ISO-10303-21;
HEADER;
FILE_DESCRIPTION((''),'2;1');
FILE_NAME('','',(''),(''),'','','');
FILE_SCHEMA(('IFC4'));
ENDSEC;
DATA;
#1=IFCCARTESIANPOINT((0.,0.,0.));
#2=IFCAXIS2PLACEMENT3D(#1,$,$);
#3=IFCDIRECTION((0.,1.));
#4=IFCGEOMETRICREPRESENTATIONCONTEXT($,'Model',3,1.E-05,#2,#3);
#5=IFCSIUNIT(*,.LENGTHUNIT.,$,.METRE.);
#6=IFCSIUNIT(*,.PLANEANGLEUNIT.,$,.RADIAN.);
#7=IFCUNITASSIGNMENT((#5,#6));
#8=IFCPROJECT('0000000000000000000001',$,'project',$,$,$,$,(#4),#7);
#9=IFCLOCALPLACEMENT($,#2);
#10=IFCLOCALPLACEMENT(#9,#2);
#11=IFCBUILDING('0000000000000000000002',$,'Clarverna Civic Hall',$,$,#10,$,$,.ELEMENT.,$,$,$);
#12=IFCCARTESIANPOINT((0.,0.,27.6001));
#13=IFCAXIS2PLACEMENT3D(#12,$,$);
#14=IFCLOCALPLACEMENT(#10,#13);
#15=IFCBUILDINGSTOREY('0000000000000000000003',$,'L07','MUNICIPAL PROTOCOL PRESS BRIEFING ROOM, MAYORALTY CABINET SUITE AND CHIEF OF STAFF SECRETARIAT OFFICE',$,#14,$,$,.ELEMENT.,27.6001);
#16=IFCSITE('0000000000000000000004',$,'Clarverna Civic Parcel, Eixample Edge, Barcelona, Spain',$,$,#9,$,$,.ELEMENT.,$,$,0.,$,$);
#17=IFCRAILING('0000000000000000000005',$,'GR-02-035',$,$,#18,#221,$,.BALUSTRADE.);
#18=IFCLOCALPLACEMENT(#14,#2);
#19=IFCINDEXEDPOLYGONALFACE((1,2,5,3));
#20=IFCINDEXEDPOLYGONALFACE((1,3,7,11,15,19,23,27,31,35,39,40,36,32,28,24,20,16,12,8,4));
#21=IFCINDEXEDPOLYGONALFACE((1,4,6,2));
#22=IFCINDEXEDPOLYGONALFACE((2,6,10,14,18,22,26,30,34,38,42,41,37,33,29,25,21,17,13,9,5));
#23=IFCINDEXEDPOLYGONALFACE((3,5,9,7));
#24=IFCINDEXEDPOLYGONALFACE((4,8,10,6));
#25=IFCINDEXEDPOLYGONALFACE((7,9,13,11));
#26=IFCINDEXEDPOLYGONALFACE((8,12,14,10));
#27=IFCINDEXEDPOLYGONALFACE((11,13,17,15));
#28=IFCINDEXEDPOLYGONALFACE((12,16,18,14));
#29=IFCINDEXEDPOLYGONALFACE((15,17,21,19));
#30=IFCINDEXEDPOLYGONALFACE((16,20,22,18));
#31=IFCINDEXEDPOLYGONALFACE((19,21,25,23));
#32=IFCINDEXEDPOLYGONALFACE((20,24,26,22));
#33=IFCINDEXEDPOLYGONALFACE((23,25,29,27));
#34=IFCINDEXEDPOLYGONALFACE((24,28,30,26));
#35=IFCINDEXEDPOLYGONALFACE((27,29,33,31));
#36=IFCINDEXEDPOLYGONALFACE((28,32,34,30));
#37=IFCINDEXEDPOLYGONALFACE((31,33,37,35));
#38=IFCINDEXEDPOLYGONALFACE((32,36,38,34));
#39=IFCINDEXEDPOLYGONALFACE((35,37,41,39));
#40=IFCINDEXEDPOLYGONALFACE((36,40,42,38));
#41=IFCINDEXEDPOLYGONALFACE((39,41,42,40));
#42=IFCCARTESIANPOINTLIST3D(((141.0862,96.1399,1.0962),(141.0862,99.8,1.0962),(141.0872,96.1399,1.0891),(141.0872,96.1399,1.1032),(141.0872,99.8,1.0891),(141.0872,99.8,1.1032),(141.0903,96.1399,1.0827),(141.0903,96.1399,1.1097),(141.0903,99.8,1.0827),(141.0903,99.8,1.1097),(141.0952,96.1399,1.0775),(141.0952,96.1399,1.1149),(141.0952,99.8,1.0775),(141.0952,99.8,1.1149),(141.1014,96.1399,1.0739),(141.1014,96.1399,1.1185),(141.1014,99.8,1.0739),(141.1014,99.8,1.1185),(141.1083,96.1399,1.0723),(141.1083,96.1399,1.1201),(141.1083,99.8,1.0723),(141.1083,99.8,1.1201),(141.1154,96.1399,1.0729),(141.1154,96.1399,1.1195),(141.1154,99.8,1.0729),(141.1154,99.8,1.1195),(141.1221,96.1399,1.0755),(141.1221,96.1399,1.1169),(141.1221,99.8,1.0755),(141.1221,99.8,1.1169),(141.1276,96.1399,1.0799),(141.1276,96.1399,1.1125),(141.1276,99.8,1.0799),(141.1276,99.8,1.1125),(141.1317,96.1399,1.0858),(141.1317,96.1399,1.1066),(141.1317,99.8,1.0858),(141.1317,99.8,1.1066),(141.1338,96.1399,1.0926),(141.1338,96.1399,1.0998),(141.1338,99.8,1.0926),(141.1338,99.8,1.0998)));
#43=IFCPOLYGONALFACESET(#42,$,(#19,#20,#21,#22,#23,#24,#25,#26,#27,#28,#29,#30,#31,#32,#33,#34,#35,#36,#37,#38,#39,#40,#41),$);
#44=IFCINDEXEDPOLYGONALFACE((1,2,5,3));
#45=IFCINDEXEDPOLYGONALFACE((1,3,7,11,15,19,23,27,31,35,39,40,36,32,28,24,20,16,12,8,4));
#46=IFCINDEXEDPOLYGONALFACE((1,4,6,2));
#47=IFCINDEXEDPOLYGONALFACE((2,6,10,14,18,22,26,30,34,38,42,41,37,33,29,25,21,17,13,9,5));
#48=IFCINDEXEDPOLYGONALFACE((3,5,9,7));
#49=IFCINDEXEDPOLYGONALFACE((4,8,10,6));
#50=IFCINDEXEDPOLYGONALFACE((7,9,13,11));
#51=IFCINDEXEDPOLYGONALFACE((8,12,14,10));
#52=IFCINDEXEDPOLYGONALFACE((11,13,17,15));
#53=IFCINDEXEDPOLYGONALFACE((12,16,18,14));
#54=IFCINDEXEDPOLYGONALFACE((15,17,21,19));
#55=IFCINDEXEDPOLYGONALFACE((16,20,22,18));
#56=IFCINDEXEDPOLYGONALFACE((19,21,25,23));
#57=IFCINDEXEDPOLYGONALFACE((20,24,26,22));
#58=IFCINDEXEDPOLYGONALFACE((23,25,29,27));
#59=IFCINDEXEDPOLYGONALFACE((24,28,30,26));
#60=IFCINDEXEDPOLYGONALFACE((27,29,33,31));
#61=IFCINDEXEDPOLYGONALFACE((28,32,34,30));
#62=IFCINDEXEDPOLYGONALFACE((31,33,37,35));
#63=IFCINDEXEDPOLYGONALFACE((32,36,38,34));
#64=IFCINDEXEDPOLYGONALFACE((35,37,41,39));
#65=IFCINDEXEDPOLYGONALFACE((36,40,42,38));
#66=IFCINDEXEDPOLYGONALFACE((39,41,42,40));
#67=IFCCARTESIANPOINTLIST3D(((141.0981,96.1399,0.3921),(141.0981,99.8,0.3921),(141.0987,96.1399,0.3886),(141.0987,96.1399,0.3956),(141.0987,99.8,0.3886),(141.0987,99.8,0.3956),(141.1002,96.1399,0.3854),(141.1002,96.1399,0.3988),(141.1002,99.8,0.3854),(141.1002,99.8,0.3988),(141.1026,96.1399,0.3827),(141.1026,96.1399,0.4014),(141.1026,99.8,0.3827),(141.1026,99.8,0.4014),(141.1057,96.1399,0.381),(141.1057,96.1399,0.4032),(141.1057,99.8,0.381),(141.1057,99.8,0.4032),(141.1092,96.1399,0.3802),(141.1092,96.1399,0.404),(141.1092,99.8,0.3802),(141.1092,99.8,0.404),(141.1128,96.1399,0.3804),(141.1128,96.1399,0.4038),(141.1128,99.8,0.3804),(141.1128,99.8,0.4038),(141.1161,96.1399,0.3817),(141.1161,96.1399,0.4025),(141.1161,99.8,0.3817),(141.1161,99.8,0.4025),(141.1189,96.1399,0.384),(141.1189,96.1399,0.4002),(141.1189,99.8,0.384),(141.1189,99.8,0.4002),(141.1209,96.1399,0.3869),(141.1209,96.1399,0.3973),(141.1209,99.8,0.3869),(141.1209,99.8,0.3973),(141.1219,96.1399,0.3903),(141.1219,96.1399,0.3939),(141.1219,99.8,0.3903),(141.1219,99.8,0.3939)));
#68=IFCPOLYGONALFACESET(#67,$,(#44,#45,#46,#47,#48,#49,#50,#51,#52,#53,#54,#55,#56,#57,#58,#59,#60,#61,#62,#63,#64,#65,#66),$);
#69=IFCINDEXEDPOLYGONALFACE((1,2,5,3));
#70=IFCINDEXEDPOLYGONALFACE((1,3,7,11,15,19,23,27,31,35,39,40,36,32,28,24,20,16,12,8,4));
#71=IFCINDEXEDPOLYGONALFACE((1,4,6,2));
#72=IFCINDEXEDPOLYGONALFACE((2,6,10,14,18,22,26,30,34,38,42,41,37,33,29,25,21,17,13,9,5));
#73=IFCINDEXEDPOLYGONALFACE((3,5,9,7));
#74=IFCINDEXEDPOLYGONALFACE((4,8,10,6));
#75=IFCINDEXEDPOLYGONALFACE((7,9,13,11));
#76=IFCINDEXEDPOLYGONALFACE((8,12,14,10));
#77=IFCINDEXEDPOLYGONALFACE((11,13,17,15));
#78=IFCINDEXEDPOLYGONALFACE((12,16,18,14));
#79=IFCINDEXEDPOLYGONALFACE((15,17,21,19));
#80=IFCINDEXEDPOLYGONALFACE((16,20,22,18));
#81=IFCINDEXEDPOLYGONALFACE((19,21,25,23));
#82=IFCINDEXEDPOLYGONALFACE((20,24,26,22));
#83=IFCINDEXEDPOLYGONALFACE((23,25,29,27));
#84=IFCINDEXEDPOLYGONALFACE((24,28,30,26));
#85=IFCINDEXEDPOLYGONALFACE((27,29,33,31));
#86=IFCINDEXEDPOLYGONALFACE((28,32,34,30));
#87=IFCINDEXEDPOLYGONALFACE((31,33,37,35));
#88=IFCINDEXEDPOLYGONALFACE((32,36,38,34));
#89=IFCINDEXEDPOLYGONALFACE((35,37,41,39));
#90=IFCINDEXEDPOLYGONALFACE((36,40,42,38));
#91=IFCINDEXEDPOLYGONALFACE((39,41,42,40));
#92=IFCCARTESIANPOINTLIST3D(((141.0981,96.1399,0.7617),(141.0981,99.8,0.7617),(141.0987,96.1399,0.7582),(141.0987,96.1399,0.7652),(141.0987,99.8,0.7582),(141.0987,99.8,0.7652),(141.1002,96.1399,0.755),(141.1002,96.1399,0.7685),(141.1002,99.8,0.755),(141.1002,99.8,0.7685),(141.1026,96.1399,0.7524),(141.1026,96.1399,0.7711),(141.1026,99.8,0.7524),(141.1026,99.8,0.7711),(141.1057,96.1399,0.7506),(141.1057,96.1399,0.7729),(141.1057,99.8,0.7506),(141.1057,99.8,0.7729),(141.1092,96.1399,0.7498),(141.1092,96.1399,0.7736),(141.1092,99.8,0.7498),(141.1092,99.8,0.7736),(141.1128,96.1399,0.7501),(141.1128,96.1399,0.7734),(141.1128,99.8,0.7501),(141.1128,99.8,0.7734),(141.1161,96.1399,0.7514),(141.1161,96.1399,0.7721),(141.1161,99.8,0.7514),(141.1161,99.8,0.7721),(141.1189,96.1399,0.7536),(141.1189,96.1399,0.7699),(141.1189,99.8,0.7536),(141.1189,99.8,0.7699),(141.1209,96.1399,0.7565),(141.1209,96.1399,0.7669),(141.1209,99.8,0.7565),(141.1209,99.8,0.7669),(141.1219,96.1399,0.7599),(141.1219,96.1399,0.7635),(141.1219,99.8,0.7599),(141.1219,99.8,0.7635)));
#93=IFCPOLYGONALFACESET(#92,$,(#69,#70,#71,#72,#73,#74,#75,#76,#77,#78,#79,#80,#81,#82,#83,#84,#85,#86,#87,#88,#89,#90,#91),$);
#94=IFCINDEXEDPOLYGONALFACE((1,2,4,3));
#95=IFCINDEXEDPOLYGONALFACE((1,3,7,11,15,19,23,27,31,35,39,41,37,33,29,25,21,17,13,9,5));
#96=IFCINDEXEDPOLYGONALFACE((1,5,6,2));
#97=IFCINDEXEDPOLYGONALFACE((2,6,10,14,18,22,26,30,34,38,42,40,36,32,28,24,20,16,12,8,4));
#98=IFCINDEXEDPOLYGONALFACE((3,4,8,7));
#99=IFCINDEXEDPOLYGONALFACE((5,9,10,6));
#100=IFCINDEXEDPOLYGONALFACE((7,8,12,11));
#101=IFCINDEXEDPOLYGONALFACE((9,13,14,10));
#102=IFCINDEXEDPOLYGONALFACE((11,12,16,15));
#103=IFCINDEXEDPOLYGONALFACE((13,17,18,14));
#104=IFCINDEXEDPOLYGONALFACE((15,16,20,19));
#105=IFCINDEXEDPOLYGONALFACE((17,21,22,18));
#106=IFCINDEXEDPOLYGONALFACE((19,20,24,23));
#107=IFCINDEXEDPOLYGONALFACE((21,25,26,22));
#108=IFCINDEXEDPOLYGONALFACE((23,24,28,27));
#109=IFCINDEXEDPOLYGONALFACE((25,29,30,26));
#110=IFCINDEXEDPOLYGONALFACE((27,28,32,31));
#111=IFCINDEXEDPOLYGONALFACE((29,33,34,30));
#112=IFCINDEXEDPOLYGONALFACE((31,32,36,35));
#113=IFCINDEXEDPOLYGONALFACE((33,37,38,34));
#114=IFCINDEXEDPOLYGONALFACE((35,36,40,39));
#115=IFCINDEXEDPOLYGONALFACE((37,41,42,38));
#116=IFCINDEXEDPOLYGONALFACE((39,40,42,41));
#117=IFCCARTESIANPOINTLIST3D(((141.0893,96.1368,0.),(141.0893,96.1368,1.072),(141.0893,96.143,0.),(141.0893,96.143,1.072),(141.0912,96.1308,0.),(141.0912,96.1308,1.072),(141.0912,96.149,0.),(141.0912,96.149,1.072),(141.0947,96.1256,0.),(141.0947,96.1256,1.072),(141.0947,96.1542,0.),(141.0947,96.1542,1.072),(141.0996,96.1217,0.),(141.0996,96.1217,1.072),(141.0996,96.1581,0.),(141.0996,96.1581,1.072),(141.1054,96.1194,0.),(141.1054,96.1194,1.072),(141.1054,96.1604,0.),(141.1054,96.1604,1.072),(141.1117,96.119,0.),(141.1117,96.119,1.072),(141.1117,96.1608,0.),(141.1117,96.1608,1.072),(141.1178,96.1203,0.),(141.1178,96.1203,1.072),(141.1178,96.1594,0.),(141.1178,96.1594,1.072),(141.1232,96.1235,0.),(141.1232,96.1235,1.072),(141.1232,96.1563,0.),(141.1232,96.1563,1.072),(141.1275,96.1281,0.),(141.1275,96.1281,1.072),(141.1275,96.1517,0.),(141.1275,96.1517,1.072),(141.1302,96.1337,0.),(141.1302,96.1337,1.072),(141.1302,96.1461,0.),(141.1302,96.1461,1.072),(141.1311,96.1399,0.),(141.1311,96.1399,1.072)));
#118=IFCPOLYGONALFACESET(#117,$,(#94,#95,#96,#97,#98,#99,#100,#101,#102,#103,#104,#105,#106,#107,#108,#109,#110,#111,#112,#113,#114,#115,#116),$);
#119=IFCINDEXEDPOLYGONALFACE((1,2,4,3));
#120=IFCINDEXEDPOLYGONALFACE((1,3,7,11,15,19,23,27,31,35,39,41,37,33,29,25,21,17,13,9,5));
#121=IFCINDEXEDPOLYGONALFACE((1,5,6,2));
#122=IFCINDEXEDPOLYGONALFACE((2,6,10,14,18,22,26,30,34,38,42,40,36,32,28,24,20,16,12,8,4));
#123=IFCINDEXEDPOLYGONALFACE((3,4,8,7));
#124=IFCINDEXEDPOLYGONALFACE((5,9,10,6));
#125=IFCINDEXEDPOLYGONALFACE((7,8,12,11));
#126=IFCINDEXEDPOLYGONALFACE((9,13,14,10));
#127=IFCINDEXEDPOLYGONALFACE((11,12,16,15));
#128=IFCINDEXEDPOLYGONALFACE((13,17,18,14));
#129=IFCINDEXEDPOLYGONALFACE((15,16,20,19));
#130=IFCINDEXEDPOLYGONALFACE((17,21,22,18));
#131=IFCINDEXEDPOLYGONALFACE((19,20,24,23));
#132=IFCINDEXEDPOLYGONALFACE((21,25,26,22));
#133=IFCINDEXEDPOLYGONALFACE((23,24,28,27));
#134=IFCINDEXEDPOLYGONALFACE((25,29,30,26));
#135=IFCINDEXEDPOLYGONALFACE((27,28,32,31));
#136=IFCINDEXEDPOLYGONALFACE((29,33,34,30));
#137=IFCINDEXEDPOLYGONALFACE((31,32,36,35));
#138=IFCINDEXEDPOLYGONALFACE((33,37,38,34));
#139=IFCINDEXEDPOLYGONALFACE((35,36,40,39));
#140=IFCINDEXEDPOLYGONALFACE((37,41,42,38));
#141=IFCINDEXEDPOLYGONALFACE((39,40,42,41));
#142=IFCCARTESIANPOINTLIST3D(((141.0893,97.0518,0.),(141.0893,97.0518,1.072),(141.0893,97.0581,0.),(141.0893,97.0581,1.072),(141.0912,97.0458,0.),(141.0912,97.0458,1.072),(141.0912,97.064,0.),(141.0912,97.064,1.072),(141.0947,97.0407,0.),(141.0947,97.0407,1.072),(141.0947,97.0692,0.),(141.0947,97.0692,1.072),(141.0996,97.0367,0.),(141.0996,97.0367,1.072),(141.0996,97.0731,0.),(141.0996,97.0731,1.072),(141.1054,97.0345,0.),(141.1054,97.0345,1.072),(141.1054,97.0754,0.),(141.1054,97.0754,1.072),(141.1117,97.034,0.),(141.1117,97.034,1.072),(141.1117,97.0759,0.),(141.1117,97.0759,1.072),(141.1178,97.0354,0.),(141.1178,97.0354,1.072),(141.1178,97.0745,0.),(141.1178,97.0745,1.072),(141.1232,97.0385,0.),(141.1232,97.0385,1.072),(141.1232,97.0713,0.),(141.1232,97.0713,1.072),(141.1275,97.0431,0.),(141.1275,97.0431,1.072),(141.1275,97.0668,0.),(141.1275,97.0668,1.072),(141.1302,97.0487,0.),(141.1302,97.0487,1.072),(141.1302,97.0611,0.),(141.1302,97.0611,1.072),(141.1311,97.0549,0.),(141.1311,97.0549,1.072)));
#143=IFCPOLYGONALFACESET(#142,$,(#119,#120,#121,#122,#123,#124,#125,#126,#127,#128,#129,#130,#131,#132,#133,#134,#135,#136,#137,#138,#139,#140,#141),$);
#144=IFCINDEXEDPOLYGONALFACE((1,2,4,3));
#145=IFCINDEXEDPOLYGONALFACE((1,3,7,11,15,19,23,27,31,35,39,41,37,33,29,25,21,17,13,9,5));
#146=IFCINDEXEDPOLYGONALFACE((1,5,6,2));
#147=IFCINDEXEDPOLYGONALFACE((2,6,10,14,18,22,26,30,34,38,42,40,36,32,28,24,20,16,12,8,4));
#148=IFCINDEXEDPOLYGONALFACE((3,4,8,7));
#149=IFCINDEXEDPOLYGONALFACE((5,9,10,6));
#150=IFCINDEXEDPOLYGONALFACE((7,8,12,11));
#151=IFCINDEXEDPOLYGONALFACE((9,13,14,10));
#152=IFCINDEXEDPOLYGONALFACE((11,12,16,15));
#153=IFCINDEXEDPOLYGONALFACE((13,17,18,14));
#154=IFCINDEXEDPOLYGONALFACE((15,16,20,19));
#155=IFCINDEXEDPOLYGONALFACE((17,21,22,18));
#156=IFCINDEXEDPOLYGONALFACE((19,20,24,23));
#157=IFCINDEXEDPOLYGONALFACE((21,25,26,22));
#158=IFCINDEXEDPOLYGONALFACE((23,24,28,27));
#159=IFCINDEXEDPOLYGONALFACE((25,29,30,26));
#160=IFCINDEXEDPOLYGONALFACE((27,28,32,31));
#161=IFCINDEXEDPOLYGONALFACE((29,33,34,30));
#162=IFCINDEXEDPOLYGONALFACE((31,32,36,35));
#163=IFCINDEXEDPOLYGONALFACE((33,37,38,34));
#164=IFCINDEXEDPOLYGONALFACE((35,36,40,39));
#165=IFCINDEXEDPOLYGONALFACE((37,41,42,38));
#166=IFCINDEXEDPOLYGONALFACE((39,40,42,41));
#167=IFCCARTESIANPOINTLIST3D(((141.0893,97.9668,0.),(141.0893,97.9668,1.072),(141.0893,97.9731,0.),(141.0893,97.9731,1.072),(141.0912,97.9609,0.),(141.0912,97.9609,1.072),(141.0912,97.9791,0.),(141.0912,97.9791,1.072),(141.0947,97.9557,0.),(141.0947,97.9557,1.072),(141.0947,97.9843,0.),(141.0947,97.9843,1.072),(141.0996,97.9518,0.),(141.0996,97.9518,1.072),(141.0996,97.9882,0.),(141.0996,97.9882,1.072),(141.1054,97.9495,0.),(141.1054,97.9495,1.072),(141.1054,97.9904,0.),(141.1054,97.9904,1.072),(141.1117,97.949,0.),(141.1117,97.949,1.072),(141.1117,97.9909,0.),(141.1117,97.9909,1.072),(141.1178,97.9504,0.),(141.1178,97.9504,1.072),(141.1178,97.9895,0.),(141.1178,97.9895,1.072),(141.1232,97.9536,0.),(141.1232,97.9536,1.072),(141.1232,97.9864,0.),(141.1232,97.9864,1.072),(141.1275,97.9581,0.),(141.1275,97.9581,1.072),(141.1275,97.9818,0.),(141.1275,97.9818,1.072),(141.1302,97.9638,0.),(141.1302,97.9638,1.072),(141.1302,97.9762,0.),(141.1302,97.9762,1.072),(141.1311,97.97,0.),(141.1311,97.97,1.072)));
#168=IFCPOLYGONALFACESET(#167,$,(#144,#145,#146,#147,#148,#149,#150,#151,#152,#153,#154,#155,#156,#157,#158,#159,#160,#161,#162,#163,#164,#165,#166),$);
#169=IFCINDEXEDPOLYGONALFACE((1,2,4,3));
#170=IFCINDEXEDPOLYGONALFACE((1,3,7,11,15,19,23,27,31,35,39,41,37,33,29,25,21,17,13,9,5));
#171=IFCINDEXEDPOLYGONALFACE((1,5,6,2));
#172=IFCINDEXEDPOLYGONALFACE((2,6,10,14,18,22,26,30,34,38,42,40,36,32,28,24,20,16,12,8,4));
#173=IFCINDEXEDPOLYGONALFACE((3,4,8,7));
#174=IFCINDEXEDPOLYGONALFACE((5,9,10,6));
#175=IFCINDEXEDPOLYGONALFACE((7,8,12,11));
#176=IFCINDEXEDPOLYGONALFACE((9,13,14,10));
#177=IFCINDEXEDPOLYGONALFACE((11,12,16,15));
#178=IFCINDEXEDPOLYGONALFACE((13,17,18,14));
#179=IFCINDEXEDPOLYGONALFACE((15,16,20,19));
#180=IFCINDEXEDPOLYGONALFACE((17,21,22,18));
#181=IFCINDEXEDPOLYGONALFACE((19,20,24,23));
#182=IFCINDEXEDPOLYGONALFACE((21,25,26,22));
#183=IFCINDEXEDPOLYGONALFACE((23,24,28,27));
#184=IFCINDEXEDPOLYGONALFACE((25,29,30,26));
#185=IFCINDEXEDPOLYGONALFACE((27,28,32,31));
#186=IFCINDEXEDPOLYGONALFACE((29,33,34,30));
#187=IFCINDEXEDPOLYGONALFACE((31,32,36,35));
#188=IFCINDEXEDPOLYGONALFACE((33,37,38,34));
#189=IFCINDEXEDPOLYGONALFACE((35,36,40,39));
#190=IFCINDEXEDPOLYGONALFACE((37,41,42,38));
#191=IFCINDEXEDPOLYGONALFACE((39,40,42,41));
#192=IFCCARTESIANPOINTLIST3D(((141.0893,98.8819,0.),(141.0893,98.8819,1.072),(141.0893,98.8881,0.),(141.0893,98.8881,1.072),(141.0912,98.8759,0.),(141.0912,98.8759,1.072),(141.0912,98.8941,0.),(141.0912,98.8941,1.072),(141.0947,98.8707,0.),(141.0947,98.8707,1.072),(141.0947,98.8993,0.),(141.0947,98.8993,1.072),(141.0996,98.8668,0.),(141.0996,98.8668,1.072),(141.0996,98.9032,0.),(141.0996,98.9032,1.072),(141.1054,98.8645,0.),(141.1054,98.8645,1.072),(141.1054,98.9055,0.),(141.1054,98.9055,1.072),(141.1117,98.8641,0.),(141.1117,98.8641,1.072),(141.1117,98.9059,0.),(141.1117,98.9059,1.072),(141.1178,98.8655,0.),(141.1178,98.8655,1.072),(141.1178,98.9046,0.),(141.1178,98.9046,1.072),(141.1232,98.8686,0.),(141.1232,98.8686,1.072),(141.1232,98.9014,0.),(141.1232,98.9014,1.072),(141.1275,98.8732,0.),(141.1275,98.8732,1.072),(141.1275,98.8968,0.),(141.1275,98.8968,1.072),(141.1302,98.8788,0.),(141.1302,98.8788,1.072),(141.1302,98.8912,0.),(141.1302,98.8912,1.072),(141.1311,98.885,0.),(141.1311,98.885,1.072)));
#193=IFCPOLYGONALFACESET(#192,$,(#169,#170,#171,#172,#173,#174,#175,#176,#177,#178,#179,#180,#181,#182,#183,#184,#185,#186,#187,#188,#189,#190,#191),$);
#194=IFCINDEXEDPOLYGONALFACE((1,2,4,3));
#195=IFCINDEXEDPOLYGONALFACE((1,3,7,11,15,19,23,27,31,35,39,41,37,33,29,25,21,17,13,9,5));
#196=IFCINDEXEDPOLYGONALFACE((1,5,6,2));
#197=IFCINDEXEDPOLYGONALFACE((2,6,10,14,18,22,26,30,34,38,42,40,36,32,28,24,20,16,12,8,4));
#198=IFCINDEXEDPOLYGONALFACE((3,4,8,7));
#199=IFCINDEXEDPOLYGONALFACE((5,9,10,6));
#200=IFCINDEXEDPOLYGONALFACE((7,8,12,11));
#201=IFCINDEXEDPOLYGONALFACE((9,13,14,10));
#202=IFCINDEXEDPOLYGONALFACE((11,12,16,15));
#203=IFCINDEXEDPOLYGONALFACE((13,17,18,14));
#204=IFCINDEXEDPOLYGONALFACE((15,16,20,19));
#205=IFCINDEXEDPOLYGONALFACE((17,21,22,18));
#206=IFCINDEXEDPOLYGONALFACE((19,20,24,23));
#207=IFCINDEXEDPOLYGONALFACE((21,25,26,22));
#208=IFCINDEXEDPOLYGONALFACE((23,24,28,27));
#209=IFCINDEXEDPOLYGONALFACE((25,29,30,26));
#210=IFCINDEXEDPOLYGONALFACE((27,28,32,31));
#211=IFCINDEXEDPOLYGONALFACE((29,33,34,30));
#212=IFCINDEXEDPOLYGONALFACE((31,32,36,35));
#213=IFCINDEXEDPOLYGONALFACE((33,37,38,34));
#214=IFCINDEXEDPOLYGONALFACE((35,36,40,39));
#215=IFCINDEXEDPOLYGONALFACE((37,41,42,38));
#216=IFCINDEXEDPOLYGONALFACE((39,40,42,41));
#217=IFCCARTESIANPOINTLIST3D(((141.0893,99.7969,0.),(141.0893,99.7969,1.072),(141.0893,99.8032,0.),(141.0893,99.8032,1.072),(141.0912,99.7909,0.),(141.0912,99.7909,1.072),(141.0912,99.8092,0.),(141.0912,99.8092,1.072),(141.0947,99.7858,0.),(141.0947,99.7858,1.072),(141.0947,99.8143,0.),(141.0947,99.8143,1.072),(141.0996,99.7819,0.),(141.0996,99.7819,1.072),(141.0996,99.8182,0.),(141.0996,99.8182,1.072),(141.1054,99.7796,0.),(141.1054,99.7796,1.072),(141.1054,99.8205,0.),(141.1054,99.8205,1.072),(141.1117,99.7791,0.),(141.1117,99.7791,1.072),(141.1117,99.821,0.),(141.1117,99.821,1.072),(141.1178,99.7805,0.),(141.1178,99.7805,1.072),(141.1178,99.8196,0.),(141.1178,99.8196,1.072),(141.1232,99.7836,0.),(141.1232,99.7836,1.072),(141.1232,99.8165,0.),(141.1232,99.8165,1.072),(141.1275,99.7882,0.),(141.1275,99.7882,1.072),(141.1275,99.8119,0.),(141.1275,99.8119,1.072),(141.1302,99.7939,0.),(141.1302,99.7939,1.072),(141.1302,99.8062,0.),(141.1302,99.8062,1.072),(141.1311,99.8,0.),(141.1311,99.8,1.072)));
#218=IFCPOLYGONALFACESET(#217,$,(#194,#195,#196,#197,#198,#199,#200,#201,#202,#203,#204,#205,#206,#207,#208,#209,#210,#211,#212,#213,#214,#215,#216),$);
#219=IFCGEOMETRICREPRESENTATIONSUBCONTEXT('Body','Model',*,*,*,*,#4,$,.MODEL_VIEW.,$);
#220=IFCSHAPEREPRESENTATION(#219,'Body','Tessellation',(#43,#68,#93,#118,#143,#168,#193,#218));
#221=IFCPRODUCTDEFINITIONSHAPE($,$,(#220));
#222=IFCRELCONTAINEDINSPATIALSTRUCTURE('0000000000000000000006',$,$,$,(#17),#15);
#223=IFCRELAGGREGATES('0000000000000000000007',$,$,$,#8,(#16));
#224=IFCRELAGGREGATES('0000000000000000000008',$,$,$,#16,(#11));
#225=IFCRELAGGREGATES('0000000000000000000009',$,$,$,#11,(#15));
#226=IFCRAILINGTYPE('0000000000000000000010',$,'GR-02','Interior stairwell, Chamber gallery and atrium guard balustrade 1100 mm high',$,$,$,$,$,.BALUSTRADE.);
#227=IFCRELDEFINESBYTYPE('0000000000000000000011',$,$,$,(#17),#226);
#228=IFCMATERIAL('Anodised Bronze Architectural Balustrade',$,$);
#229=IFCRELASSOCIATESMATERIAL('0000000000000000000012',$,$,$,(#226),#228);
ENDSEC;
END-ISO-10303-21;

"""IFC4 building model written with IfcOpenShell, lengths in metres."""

from ifc_helpers import new_model, si_unit, direction, frame, origin, origin_2d, place, context, subcontext, project, spatial, circle, extrude, material, type_object, element, save


model = new_model("IFC4")

# Units and contexts
model_context = context("Model", 3, precision=1e-05, world=origin(), true_north=direction((0.0, 1.0)))
body_context = subcontext(model_context, "Body", "Model", "MODEL_VIEW")
ifc_project = project(units=[si_unit("LENGTHUNIT", "METRE"), si_unit("PLANEANGLEUNIT", "RADIAN")], contexts=[model_context])

# Site, building, storey
site_placement = place(None, origin())
site = spatial("IfcSite", under=ifc_project, at=site_placement, Name="Clarverna Civic Parcel, Eixample Edge, Barcelona, Spain", CompositionType="ELEMENT", RefElevation=0.0)
building_placement = place(site_placement, origin())
building = spatial("IfcBuilding", under=site, at=building_placement, Name="Clarverna Civic Hall", CompositionType="ELEMENT")
storey_placement = place(building_placement, frame((0.0, 0.0, 27.6001)))
storey = spatial("IfcBuildingStorey", under=building, at=storey_placement, Name="L07", Description="MUNICIPAL PROTOCOL PRESS BRIEFING ROOM, MAYORALTY CABINET SUITE AND CHIEF OF STAFF SECRETARIAT OFFICE", CompositionType="ELEMENT", Elevation=27.6001)

# Railing
ifc_material_1 = material(Name="Anodised Bronze Architectural Balustrade")
railing_type = type_object("IfcRailingType", Name="GR-02", Description="Interior stairwell, Chamber gallery and atrium guard balustrade 1100 mm high", PredefinedType="BALUSTRADE", material=ifc_material_1)
railing_placement = place(storey_placement, frame((141.1101, 96.1399, 0.0)))
element("IfcRailing", 1, at=railing_placement, inside=storey, type_object=railing_type, Name="GR-02-035", PredefinedType="BALUSTRADE", context=body_context, shape_type="SweptSolid", body=[
    extrude(circle(Radius=0.0239, at=origin_2d()), frame((0.0, 0.0, 1.0962), z_axis=(0.0, 1.0, 0.0), x_axis=(-1.0, 0.0, 0.0)), (0.0, 0.0, 1.0), 3.6602),
    extrude(circle(Radius=0.012, at=origin_2d()), frame((0.0, 0.0, 0.3921), z_axis=(0.0, 1.0, 0.0), x_axis=(-1.0, 0.0, 0.0)), (0.0, 0.0, 1.0), 3.6602),
    extrude(circle(Radius=0.012, at=origin_2d()), frame((0.0, 0.0, 0.7617), z_axis=(0.0, 1.0, 0.0), x_axis=(-1.0, 0.0, 0.0)), (0.0, 0.0, 1.0), 3.6602),
    extrude(circle(Radius=0.021, at=origin_2d()), origin(), (0.0, 0.0, 1.0), 1.072),
    extrude(circle(Radius=0.021, at=origin_2d()), frame((0.0, 0.915, 0.0)), (0.0, 0.0, 1.0), 1.072),
    extrude(circle(Radius=0.021, at=origin_2d()), frame((0.0, 1.8301, 0.0)), (0.0, 0.0, 1.0), 1.072),
    extrude(circle(Radius=0.021, at=origin_2d()), frame((0.0, 2.7451, 0.0)), (0.0, 0.0, 1.0), 1.072),
    extrude(circle(Radius=0.021, at=origin_2d()), frame((0.0, 3.6602, 0.0)), (0.0, 0.0, 1.0), 1.072),
])

save(model, "model.ifc")
